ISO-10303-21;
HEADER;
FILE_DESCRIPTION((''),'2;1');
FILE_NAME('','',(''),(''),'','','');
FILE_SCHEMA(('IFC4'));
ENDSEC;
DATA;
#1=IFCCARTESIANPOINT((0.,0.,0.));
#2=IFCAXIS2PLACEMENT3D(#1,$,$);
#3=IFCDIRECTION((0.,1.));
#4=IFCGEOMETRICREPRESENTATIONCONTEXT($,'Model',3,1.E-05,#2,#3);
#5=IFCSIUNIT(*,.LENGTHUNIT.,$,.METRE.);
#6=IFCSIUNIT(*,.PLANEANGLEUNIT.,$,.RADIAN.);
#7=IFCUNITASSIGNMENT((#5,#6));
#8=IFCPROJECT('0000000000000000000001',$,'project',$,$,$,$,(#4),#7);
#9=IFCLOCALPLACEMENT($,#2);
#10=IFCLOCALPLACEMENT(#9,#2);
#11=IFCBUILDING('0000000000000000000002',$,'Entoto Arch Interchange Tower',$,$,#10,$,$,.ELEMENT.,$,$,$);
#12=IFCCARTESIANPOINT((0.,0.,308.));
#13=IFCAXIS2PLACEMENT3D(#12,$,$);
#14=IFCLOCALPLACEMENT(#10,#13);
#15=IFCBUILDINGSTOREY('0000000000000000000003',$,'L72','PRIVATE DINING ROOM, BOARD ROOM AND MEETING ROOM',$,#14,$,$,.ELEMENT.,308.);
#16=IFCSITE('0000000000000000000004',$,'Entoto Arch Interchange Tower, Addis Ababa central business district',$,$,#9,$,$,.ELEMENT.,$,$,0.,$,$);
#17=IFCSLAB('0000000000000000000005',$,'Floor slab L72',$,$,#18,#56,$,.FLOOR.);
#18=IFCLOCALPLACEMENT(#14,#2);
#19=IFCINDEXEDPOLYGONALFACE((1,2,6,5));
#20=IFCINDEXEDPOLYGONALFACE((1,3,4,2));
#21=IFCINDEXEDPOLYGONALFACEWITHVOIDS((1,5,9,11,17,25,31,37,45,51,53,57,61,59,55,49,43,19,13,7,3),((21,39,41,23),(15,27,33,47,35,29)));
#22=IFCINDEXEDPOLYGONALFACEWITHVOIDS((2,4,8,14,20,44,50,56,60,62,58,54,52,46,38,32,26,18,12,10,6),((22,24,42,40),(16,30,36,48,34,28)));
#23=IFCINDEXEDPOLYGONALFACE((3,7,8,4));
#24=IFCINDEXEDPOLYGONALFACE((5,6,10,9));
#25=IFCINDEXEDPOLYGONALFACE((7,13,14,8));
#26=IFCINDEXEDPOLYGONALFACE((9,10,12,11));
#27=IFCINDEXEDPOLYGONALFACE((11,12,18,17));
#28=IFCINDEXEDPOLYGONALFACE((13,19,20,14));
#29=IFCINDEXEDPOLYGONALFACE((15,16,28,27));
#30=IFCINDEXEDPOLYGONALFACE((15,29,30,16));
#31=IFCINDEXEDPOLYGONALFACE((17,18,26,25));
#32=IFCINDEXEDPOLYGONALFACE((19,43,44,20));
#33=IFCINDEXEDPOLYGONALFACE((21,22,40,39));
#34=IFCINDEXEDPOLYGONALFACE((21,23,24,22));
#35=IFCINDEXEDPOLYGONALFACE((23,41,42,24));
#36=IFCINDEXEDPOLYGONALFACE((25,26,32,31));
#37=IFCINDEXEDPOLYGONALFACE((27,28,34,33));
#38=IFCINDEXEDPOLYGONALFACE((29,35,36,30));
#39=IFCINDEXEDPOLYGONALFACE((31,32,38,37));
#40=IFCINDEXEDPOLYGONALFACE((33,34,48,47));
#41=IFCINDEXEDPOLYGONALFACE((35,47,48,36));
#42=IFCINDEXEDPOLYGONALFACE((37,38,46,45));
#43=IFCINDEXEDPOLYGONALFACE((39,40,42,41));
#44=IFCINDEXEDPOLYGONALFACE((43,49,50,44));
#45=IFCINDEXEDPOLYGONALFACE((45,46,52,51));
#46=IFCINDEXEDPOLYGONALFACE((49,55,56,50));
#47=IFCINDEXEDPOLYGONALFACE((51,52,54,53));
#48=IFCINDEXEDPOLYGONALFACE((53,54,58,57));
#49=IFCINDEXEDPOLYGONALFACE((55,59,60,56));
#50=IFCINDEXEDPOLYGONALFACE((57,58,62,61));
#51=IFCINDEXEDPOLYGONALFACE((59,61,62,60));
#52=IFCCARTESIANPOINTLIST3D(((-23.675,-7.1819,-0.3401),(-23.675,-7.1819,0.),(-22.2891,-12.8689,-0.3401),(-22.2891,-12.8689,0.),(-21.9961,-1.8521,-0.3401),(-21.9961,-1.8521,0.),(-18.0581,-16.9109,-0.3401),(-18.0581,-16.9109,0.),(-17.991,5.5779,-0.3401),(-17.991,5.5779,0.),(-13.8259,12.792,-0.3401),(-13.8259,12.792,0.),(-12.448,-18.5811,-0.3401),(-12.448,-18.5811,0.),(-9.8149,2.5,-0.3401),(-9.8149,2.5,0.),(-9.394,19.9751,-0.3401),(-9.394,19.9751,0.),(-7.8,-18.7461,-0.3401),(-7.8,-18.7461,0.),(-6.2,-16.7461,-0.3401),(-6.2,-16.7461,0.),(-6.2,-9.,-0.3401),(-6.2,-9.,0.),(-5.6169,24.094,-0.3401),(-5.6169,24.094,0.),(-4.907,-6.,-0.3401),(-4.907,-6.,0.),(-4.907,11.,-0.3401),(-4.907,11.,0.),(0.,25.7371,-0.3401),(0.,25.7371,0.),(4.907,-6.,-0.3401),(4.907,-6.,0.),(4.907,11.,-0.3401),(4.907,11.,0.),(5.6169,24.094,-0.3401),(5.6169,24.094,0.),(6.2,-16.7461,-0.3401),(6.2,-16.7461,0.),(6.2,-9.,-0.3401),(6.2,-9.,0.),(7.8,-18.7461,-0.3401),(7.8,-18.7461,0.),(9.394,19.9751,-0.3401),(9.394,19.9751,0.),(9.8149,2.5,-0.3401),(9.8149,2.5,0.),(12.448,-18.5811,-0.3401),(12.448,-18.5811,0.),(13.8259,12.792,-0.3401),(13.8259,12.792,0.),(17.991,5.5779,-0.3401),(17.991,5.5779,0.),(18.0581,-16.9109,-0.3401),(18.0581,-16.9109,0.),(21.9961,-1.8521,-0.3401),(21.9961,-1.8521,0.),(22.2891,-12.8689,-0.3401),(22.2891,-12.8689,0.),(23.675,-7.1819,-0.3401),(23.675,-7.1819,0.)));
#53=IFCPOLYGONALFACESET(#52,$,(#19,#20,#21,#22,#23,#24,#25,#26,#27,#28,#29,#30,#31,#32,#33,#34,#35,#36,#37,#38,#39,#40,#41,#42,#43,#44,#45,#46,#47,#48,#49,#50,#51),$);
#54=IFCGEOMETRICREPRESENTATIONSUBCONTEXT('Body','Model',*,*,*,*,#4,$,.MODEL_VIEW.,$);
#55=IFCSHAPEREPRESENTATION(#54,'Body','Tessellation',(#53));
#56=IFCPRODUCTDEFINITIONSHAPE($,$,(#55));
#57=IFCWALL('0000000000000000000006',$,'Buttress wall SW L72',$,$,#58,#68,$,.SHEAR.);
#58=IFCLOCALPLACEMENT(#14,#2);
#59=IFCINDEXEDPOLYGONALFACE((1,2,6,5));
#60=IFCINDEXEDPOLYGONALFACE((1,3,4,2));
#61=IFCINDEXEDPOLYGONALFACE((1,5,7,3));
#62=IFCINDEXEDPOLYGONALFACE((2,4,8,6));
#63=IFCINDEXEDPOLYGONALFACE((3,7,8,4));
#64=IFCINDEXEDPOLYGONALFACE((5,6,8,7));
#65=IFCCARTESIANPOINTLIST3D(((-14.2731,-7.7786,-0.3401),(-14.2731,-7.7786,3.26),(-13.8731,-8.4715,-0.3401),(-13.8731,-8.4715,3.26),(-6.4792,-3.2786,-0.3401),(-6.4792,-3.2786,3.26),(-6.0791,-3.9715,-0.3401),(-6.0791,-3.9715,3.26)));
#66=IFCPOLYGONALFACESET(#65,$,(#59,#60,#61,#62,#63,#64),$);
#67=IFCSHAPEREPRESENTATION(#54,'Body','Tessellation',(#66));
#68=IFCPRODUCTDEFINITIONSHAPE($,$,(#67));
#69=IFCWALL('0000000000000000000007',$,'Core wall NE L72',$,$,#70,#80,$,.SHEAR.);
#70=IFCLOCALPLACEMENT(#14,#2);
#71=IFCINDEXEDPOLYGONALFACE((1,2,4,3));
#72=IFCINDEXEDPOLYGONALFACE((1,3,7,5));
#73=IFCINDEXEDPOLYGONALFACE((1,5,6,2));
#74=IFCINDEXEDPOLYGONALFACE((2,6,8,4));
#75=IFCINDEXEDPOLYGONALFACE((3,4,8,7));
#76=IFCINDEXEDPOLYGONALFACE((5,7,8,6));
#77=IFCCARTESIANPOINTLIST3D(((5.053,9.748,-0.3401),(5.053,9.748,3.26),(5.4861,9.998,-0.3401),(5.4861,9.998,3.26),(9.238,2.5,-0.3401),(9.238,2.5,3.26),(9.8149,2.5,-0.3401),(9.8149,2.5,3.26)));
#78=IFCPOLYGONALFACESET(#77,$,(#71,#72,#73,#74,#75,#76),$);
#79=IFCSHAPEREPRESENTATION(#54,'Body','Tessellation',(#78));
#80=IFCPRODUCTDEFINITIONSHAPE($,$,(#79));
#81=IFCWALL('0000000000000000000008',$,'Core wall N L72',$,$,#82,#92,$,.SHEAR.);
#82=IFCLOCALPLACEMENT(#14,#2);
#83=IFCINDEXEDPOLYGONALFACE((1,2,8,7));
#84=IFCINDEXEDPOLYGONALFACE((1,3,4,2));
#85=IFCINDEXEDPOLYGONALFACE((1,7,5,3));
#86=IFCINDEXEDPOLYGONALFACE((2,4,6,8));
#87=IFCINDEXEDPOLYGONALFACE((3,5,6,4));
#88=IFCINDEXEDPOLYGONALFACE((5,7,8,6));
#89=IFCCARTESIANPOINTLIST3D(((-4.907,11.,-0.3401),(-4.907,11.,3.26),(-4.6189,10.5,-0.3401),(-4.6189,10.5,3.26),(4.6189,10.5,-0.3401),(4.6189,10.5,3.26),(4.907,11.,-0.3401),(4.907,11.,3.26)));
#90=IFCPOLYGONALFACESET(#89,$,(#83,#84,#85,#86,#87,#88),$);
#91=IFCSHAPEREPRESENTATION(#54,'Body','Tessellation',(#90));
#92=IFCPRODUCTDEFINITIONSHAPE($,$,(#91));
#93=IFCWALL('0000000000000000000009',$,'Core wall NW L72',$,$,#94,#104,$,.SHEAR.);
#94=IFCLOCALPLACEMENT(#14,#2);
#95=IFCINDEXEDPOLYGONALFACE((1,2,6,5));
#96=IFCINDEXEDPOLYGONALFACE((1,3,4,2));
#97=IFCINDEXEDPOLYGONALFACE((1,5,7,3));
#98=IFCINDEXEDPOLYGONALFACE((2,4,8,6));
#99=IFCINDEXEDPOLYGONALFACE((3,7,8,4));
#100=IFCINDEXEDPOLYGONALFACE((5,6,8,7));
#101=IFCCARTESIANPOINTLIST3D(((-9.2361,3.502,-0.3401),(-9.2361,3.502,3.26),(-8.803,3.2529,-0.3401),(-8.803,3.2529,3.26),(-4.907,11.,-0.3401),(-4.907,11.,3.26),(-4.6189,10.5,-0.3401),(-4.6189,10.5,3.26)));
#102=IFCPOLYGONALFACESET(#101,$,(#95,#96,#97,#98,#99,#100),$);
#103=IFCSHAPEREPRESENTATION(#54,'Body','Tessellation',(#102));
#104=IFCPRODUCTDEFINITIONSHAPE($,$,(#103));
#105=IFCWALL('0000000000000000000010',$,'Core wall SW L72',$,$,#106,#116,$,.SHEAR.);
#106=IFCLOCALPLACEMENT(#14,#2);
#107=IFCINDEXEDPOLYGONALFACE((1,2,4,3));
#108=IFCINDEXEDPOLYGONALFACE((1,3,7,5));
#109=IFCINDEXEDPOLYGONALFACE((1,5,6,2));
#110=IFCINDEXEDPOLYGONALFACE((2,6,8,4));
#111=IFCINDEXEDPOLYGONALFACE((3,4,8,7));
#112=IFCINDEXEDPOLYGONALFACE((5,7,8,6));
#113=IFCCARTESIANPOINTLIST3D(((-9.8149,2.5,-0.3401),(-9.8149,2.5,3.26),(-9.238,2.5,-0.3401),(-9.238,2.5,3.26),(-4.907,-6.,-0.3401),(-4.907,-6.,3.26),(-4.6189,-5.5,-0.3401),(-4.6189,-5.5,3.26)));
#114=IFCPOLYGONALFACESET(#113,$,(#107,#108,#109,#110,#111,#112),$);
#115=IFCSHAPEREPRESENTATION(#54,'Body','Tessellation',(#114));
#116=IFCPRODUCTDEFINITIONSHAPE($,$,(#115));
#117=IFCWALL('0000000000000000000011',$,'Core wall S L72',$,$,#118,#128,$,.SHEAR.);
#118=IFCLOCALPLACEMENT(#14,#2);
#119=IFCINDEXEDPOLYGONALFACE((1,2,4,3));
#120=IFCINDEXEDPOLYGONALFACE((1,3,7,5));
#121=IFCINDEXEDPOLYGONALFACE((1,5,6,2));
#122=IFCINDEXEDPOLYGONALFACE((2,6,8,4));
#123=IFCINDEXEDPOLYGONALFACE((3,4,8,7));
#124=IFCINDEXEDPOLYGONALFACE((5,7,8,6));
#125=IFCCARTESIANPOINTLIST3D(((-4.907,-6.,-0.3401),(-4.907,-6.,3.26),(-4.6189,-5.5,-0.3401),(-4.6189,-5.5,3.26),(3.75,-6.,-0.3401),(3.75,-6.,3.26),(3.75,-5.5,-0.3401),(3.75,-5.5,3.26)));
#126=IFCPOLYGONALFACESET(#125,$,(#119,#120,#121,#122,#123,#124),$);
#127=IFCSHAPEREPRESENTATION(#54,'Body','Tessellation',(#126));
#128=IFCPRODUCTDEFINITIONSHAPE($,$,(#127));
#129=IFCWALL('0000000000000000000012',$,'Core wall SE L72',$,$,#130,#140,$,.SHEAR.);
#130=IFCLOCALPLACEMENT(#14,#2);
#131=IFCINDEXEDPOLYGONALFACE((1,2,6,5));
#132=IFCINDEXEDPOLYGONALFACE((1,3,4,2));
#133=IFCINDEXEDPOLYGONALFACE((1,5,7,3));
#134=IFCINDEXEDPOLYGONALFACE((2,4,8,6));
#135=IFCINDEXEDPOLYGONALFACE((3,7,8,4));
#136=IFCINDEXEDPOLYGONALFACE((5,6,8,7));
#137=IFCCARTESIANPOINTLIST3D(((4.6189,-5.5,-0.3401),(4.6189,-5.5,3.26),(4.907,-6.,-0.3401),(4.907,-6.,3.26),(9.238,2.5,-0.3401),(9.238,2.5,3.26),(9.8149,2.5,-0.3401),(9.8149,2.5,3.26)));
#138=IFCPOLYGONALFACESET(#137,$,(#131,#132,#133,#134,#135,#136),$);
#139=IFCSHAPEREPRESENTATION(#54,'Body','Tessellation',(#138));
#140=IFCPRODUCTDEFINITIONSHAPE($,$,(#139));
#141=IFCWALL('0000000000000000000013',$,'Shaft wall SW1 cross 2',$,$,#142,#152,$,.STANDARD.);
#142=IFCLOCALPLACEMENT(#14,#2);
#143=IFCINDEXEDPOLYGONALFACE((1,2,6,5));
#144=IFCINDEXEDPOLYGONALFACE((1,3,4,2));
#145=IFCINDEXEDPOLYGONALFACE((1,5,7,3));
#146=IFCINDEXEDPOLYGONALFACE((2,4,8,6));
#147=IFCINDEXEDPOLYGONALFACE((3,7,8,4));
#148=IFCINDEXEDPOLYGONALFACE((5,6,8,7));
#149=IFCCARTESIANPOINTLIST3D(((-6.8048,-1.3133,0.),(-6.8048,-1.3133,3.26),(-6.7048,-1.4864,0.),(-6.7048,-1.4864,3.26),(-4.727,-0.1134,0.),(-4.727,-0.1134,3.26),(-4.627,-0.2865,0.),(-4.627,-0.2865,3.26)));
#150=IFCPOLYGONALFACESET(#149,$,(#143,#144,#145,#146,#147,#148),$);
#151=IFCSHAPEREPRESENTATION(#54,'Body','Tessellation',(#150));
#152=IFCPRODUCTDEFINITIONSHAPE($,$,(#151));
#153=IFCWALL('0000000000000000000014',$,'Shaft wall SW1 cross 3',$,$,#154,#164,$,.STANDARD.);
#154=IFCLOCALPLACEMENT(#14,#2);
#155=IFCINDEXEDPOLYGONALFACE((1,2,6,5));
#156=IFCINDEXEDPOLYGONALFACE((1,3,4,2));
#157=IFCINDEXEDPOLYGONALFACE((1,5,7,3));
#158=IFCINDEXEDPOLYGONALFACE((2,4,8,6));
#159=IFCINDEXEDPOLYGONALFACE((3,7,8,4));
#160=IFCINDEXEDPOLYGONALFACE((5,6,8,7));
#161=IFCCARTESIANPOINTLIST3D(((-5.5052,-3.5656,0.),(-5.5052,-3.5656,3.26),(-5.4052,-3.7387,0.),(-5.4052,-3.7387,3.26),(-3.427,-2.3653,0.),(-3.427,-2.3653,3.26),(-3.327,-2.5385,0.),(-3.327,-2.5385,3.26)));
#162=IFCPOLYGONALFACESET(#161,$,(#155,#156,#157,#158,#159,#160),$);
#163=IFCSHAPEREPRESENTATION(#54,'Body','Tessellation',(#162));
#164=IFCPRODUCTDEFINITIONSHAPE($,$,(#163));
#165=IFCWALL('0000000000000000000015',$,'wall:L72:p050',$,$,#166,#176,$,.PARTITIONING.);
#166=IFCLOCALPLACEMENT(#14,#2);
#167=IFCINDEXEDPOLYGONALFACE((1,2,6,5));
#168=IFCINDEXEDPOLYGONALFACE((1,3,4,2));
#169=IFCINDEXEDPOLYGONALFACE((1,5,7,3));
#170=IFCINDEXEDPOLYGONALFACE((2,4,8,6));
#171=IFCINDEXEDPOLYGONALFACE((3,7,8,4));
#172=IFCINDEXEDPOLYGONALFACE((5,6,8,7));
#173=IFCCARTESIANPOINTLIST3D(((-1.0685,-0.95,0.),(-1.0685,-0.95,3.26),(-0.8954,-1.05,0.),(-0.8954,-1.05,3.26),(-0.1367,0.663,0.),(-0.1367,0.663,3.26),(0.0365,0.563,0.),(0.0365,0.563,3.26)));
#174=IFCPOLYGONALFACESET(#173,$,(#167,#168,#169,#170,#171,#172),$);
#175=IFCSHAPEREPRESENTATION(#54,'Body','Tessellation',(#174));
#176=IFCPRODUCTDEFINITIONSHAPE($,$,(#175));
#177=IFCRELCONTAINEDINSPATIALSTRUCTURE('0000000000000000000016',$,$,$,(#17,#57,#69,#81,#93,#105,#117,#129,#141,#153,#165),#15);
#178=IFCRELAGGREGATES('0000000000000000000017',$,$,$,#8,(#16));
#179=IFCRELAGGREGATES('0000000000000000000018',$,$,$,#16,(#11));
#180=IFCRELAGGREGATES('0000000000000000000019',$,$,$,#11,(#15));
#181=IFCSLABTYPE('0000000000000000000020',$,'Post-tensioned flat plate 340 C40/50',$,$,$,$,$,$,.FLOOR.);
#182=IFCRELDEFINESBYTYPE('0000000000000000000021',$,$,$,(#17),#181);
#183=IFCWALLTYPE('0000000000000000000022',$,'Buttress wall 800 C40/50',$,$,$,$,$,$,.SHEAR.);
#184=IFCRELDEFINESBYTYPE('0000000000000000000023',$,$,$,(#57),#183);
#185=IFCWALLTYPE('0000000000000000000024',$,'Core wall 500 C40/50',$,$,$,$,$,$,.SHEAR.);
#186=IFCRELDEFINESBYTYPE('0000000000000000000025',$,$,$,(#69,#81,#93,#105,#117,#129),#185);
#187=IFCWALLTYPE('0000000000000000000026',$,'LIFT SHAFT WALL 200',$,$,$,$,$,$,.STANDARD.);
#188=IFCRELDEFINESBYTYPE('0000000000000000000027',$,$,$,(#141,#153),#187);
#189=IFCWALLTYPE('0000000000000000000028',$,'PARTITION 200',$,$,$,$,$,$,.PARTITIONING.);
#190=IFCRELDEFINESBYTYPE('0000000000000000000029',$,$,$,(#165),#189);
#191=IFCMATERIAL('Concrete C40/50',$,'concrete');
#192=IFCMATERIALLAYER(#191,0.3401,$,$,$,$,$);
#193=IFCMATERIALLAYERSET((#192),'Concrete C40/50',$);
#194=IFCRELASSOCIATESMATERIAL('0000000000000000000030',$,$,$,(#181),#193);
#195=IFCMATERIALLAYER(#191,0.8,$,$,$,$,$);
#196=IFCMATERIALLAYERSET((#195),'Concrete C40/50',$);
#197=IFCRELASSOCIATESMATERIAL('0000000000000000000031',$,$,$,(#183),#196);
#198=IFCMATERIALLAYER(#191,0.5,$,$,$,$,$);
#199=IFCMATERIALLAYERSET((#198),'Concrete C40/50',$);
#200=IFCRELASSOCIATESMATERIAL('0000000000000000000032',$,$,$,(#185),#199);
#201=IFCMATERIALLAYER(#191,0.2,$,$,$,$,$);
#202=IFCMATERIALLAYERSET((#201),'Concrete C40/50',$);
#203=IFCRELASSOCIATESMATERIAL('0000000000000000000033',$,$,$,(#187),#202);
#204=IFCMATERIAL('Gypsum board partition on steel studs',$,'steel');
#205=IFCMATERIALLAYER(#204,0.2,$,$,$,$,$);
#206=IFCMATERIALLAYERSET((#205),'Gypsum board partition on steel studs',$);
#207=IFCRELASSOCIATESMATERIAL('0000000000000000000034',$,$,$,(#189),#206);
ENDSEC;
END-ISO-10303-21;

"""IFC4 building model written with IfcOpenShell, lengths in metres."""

from ifc_helpers import new_model, si_unit, direction, frame, frame_2d, origin, place, context, subcontext, project, spatial, polyline, rectangle, outline, extrude, material, layer, layer_set, type_object, element, save


model = new_model("IFC4")

# Units and contexts
model_context = context("Model", 3, precision=1e-05, world=origin(), true_north=direction((0.0, 1.0)))
body_context = subcontext(model_context, "Body", "Model", "MODEL_VIEW")
ifc_project = project(units=[si_unit("LENGTHUNIT", "METRE"), si_unit("PLANEANGLEUNIT", "RADIAN")], contexts=[model_context])

# Site, building, storey
site_placement = place(None, origin())
site = spatial("IfcSite", under=ifc_project, at=site_placement, Name="Entoto Arch Interchange Tower, Addis Ababa central business district", CompositionType="ELEMENT", RefElevation=0.0)
building_placement = place(site_placement, origin())
building = spatial("IfcBuilding", under=site, at=building_placement, Name="Entoto Arch Interchange Tower", CompositionType="ELEMENT")
storey_placement = place(building_placement, frame((0.0, 0.0, 308.0)))
storey = spatial("IfcBuildingStorey", under=building, at=storey_placement, Name="L72", Description="PRIVATE DINING ROOM, BOARD ROOM AND MEETING ROOM", CompositionType="ELEMENT", Elevation=308.0)

# Slab
ifc_material_1 = material(Name="Concrete C40/50", Category="concrete")
ifc_layer_1 = layer(ifc_material_1, 0.3401)
ifc_layer_set_1 = layer_set([ifc_layer_1], Name="Concrete C40/50")
slab_type = type_object("IfcSlabType", Name="Post-tensioned flat plate 340 C40/50", PredefinedType="FLOOR", material=ifc_layer_set_1)
slab_placement = place(storey_placement, frame((0.0, 0.0, -0.3401)))
element("IfcSlab", 1, at=slab_placement, inside=storey, type_object=slab_type, Name="Floor slab L72", PredefinedType="FLOOR", context=body_context, shape_type="SweptSolid", body=[
    extrude(outline(polyline([(-12.448, -18.5811), (-7.8, -18.7461), (7.8, -18.7461), (12.448, -18.5811), (18.0581, -16.9109), (22.2891, -12.8689), (23.675, -7.1819), (21.9961, -1.8521), (17.991, 5.5779), (13.8259, 12.792), (9.394, 19.9751), (5.6169, 24.094), (0.0, 25.7371), (-5.6169, 24.094), (-9.394, 19.9751), (-13.8259, 12.792), (-17.991, 5.5779), (-21.9961, -1.8521), (-23.675, -7.1819), (-22.2891, -12.8689), (-18.0581, -16.9109), (-12.448, -18.5811)]), holes=[polyline([(6.2, -16.7461), (6.2, -9.0), (-6.2, -9.0), (-6.2, -16.7461), (6.2, -16.7461)]), polyline([(9.8149, 2.5), (4.907, 11.0), (-4.907, 11.0), (-9.8149, 2.5), (-4.907, -6.0), (4.907, -6.0), (9.8149, 2.5)])]), origin(), (0.0, 0.0, 1.0), 0.3401),
])

# Walls
ifc_layer_2 = layer(ifc_material_1, 0.8)
ifc_layer_set_2 = layer_set([ifc_layer_2], Name="Concrete C40/50")
wall_type_1 = type_object("IfcWallType", Name="Buttress wall 800 C40/50", PredefinedType="SHEAR", material=ifc_layer_set_2)
wall_1_placement = place(storey_placement, frame((-6.2791, -3.625, -0.3401), z_axis=(0.0, 0.0, 1.0), x_axis=(-0.866018, -0.500014, 0.0)))
element("IfcWall", 2, at=wall_1_placement, inside=storey, type_object=wall_type_1, Name="Buttress wall SW L72", PredefinedType="SHEAR", context=body_context, shape_type="SweptSolid", body=[
    extrude(rectangle(XDim=8.9998, YDim=0.8, at=frame_2d((4.5, 0.0))), origin(), (0.0, 0.0, 1.0), 3.6001),
])
ifc_layer_3 = layer(ifc_material_1, 0.5)
ifc_layer_set_3 = layer_set([ifc_layer_3], Name="Concrete C40/50")
wall_type_2 = type_object("IfcWallType", Name="Core wall 500 C40/50", PredefinedType="SHEAR", material=ifc_layer_set_3)
wall_2_placement = place(storey_placement, frame((0.0, 0.0, -0.3401)))
element("IfcWall", 3, at=wall_2_placement, inside=storey, type_object=wall_type_2, Name="Core wall NE L72", PredefinedType="SHEAR", context=body_context, shape_type="SweptSolid", body=[
    extrude(outline(polyline([(5.4861, 9.998), (5.053, 9.748), (9.238, 2.5), (9.8149, 2.5), (5.4861, 9.998)])), origin(), (0.0, 0.0, 1.0), 3.6001),
])
wall_3_placement = place(storey_placement, frame((0.0, 0.0, -0.3401)))
element("IfcWall", 4, at=wall_3_placement, inside=storey, type_object=wall_type_2, Name="Core wall N L72", PredefinedType="SHEAR", context=body_context, shape_type="SweptSolid", body=[
    extrude(outline(polyline([(4.907, 11.0), (-4.907, 11.0), (-4.6189, 10.5), (4.6189, 10.5), (4.907, 11.0)])), origin(), (0.0, 0.0, 1.0), 3.6001),
])
wall_4_placement = place(storey_placement, frame((0.0, 0.0, -0.3401)))
element("IfcWall", 5, at=wall_4_placement, inside=storey, type_object=wall_type_2, Name="Core wall NW L72", PredefinedType="SHEAR", context=body_context, shape_type="SweptSolid", body=[
    extrude(outline(polyline([(-9.2361, 3.502), (-8.803, 3.2529), (-4.6189, 10.5), (-4.907, 11.0), (-9.2361, 3.502)])), origin(), (0.0, 0.0, 1.0), 3.6001),
])
wall_5_placement = place(storey_placement, frame((0.0, 0.0, -0.3401)))
element("IfcWall", 6, at=wall_5_placement, inside=storey, type_object=wall_type_2, Name="Core wall SW L72", PredefinedType="SHEAR", context=body_context, shape_type="SweptSolid", body=[
    extrude(outline(polyline([(-9.8149, 2.5), (-4.907, -6.0), (-4.6189, -5.5), (-9.238, 2.5), (-9.8149, 2.5)])), origin(), (0.0, 0.0, 1.0), 3.6001),
])
wall_6_placement = place(storey_placement, frame((0.0, 0.0, -0.3401)))
element("IfcWall", 7, at=wall_6_placement, inside=storey, type_object=wall_type_2, Name="Core wall S L72", PredefinedType="SHEAR", context=body_context, shape_type="SweptSolid", body=[
    extrude(outline(polyline([(3.75, -6.0), (3.75, -5.5), (-4.6189, -5.5), (-4.907, -6.0), (3.75, -6.0)])), origin(), (0.0, 0.0, 1.0), 3.6001),
])
wall_7_placement = place(storey_placement, frame((0.0, 0.0, -0.3401)))
element("IfcWall", 8, at=wall_7_placement, inside=storey, type_object=wall_type_2, Name="Core wall SE L72", PredefinedType="SHEAR", context=body_context, shape_type="SweptSolid", body=[
    extrude(outline(polyline([(4.907, -6.0), (9.8149, 2.5), (9.238, 2.5), (4.6189, -5.5), (4.907, -6.0)])), origin(), (0.0, 0.0, 1.0), 3.6001),
])
ifc_layer_4 = layer(ifc_material_1, 0.2)
ifc_layer_set_4 = layer_set([ifc_layer_4], Name="Concrete C40/50")
wall_type_3 = type_object("IfcWallType", Name="LIFT SHAFT WALL 200", PredefinedType="STANDARD", material=ifc_layer_set_4)
wall_8_placement = place(storey_placement, frame((-4.677, -0.2, 0.0), z_axis=(0.0, 0.0, 1.0), x_axis=(-0.865974, -0.500089, 0.0)))
element("IfcWall", 9, at=wall_8_placement, inside=storey, type_object=wall_type_3, Name="Shaft wall SW1 cross 2", PredefinedType="STANDARD", context=body_context, shape_type="SweptSolid", body=[
    extrude(rectangle(XDim=2.3994, YDim=0.2, at=frame_2d((1.1997, 0.0))), origin(), (0.0, 0.0, 1.0), 3.26),
])
wall_9_placement = place(storey_placement, frame((-3.377, -2.4519, 0.0), z_axis=(0.0, 0.0, 1.0), x_axis=(-0.865955, -0.500122, 0.0)))
element("IfcWall", 10, at=wall_9_placement, inside=storey, type_object=wall_type_3, Name="Shaft wall SW1 cross 3", PredefinedType="STANDARD", context=body_context, shape_type="SweptSolid", body=[
    extrude(rectangle(XDim=2.3999, YDim=0.2, at=frame_2d((1.2, 0.0))), origin(), (0.0, 0.0, 1.0), 3.26),
])
ifc_material_2 = material(Name="Gypsum board partition on steel studs", Category="steel")
ifc_layer_5 = layer(ifc_material_2, 0.2)
ifc_layer_set_5 = layer_set([ifc_layer_5], Name="Gypsum board partition on steel studs")
wall_type_4 = type_object("IfcWallType", Name="PARTITION 200", PredefinedType="PARTITIONING", material=ifc_layer_set_5)
wall_10_placement = place(storey_placement, frame((-0.9819, -1.0, 0.0), z_axis=(0.0, 0.0, 1.0), x_axis=(0.50024, 0.865887, 0.0)))
element("IfcWall", 11, at=wall_10_placement, inside=storey, type_object=wall_type_4, Name="wall:L72:p050", PredefinedType="PARTITIONING", context=body_context, shape_type="SweptSolid", body=[
    extrude(rectangle(XDim=1.8628, YDim=0.2, at=frame_2d((0.9314, 0.0))), origin(), (0.0, 0.0, 1.0), 3.26),
])

save(model, "model.ifc")
